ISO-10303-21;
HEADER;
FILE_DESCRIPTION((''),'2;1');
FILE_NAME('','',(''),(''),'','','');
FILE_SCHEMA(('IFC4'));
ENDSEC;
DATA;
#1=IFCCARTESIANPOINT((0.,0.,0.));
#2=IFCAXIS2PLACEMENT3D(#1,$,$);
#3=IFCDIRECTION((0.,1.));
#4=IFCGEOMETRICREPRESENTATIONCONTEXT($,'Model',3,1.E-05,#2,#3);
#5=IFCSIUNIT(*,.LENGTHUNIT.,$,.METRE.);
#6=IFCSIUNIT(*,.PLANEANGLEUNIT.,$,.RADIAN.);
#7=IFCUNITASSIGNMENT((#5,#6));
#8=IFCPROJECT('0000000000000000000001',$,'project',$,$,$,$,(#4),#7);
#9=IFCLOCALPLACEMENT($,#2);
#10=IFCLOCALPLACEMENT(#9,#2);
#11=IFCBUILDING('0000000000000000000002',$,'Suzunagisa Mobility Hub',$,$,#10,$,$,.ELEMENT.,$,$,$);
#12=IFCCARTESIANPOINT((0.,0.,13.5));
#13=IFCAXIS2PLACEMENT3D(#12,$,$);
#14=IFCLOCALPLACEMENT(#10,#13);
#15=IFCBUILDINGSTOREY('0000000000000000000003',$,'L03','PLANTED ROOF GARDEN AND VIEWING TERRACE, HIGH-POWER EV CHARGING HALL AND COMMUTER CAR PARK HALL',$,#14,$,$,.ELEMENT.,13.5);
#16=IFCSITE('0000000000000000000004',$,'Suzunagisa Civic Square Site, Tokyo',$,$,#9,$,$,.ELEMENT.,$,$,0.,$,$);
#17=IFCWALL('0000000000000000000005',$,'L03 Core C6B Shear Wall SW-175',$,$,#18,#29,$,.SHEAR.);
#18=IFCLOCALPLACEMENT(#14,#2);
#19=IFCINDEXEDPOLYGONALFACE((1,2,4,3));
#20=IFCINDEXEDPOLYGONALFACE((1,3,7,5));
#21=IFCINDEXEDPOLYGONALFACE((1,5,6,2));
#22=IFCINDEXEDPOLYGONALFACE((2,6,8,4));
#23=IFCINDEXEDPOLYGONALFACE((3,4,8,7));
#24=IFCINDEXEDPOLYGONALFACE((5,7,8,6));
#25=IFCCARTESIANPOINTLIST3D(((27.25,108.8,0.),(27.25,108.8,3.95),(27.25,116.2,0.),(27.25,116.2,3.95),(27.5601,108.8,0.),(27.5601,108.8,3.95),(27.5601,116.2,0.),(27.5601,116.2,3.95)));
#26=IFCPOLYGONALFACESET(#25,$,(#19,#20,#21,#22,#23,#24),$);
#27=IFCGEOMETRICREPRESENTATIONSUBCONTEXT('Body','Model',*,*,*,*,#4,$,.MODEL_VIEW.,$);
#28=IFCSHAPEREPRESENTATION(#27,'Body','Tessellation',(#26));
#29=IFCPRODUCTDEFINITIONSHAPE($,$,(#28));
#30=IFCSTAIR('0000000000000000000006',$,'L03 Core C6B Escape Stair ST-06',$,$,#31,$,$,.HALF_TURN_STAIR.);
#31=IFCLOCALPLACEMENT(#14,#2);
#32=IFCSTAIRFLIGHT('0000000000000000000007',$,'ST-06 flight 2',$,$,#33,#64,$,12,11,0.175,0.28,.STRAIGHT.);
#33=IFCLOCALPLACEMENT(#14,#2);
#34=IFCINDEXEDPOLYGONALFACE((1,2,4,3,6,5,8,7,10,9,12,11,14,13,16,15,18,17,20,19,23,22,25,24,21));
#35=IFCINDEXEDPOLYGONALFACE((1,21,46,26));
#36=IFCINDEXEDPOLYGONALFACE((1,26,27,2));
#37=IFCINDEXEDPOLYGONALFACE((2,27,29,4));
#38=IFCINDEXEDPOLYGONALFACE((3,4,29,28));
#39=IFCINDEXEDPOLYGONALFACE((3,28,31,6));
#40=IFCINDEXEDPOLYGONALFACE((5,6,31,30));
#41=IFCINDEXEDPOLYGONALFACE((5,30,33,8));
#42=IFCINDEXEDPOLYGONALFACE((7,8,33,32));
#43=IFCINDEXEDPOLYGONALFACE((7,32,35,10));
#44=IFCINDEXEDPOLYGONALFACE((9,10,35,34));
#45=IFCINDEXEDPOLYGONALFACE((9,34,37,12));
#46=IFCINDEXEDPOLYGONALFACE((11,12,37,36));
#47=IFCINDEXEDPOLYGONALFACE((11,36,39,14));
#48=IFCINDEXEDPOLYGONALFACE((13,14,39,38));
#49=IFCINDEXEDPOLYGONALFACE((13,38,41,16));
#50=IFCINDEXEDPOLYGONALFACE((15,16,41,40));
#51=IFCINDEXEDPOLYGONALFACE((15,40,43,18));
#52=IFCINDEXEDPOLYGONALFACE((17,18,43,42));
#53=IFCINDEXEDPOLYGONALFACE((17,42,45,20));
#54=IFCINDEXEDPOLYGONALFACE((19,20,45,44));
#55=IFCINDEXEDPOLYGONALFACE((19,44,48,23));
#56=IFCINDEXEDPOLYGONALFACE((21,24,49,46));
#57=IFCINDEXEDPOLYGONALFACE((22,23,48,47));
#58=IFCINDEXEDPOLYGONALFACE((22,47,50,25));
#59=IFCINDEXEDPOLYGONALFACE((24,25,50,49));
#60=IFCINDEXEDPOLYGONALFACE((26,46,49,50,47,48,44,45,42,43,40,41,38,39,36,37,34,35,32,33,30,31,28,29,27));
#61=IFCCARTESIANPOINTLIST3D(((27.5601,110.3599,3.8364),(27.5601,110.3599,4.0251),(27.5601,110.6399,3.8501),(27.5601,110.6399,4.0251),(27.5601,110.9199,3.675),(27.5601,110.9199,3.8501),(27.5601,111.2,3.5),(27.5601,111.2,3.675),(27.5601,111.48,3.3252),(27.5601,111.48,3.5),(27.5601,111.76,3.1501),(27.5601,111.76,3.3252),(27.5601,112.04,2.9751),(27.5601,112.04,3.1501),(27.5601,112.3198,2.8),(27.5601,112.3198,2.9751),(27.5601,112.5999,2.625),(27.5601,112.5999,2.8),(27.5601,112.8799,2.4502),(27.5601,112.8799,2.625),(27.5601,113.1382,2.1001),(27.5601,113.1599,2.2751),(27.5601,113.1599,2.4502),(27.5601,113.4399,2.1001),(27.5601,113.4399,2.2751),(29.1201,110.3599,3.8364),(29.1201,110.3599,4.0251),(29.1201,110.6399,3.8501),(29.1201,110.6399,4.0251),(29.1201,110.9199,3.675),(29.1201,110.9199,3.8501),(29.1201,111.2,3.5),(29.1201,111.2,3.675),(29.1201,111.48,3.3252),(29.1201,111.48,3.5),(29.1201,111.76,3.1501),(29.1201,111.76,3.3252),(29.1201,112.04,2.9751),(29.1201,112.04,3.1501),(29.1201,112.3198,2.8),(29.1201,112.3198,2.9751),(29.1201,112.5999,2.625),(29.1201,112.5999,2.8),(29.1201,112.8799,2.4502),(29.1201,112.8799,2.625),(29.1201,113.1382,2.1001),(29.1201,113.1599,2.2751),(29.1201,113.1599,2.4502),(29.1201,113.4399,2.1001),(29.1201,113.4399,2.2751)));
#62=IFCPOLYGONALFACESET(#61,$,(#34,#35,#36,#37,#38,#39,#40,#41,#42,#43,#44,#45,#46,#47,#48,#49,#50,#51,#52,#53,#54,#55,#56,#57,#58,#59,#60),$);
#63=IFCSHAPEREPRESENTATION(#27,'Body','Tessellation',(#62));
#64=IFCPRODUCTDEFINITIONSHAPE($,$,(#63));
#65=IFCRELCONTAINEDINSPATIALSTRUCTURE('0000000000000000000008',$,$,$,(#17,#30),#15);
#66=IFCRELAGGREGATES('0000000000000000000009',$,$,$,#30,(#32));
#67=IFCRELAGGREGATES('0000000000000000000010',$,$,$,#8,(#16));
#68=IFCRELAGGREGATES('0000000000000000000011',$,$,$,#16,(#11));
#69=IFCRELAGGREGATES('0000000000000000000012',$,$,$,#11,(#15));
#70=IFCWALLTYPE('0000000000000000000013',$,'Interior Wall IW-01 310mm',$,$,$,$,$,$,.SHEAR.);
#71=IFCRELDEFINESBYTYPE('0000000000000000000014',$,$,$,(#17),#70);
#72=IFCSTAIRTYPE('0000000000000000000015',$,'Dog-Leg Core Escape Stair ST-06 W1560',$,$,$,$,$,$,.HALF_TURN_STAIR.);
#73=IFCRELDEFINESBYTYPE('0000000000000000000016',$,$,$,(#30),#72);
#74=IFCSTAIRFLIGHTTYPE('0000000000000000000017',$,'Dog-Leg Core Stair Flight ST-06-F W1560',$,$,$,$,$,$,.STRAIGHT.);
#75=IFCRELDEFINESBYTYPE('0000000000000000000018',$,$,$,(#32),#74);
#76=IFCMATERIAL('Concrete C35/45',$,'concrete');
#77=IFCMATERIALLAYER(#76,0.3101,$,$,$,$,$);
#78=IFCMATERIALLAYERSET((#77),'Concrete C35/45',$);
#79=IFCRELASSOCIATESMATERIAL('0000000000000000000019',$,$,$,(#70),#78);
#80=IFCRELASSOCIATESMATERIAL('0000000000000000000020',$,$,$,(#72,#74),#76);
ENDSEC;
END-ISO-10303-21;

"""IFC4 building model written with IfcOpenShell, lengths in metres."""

from ifc_helpers import new_model, si_unit, direction, frame, frame_2d, origin, place, context, subcontext, project, spatial, polyline, rectangle, outline, extrude, material, layer, layer_set, type_object, element, aggregate, save


model = new_model("IFC4")

# Units and contexts
model_context = context("Model", 3, precision=1e-05, world=origin(), true_north=direction((0.0, 1.0)))
body_context = subcontext(model_context, "Body", "Model", "MODEL_VIEW")
ifc_project = project(units=[si_unit("LENGTHUNIT", "METRE"), si_unit("PLANEANGLEUNIT", "RADIAN")], contexts=[model_context])

# Site, building, storey
site_placement = place(None, origin())
site = spatial("IfcSite", under=ifc_project, at=site_placement, Name="Suzunagisa Civic Square Site, Tokyo", CompositionType="ELEMENT", RefElevation=0.0)
building_placement = place(site_placement, origin())
building = spatial("IfcBuilding", under=site, at=building_placement, Name="Suzunagisa Mobility Hub", CompositionType="ELEMENT")
storey_placement = place(building_placement, frame((0.0, 0.0, 13.5)))
storey = spatial("IfcBuildingStorey", under=building, at=storey_placement, Name="L03", Description="PLANTED ROOF GARDEN AND VIEWING TERRACE, HIGH-POWER EV CHARGING HALL AND COMMUTER CAR PARK HALL", CompositionType="ELEMENT", Elevation=13.5)

# Wall
ifc_material_1 = material(Name="Concrete C35/45", Category="concrete")
ifc_layer_1 = layer(ifc_material_1, 0.3101)
ifc_layer_set_1 = layer_set([ifc_layer_1], Name="Concrete C35/45")
wall_type_1 = type_object("IfcWallType", Name="Interior Wall IW-01 310mm", PredefinedType="SHEAR", material=ifc_layer_set_1)
wall_1_placement = place(storey_placement, frame((27.405, 108.8, 0.0), z_axis=(0.0, 0.0, 1.0), x_axis=(0.0, 1.0, 0.0)))
element("IfcWall", 1, at=wall_1_placement, inside=storey, type_object=wall_type_1, Name="L03 Core C6B Shear Wall SW-175", PredefinedType="SHEAR", context=body_context, shape_type="SweptSolid", body=[
    extrude(rectangle(XDim=7.3999, YDim=0.3101, at=frame_2d((3.7, 0.0))), origin(), (0.0, 0.0, 1.0), 3.95),
])

# Stair, stair flight
stair_type = type_object("IfcStairType", Name="Dog-Leg Core Escape Stair ST-06 W1560", PredefinedType="HALF_TURN_STAIR", material=ifc_material_1)
stair_placement = place(storey_placement, origin())
stair = element("IfcStair", 2, at=stair_placement, inside=storey, type_object=stair_type, Name="L03 Core C6B Escape Stair ST-06", PredefinedType="HALF_TURN_STAIR")
stair_flight_type = type_object("IfcStairFlightType", Name="Dog-Leg Core Stair Flight ST-06-F W1560", PredefinedType="STRAIGHT", material=ifc_material_1)
stair_flight_placement = place(storey_placement, frame((28.3401, 113.4399, 2.1001), z_axis=(0.0, 0.0, 1.0), x_axis=(0.0, -1.0, 0.0)))
stair_flight = element("IfcStairFlight", 3, at=stair_flight_placement, type_object=stair_flight_type, Name="ST-06 flight 2", NumberOfRisers=12, NumberOfTreads=11, PredefinedType="STRAIGHT", RiserHeight=0.175, TreadLength=0.28, context=body_context, shape_type="SweptSolid", body=[
    extrude(outline(polyline([(0.0, 0.0), (0.0, 0.175), (0.28, 0.175), (0.28, 0.3501), (0.5601, 0.3501), (0.5601, 0.5249), (0.8401, 0.5249), (0.8401, 0.7), (1.1201, 0.7), (1.1201, 0.875), (1.3999, 0.875), (1.3999, 1.05), (1.6799, 1.05), (1.6799, 1.2251), (1.96, 1.2251), (1.96, 1.3999), (2.24, 1.3999), (2.24, 1.575), (2.52, 1.575), (2.52, 1.75), (2.8, 1.75), (2.8, 1.925), (3.0801, 1.925), (3.0801, 2.1001), (3.0801, 1.7363), (0.3018, 0.0), (0.0, 0.0)])), frame((0.0, 0.78, 0.0), z_axis=(0.0, -1.0, 0.0), x_axis=(1.0, 0.0, 0.0)), (0.0, 0.0, 1.0), 1.5601),
])
aggregate(stair, [stair_flight])

save(model, "model.ifc")
